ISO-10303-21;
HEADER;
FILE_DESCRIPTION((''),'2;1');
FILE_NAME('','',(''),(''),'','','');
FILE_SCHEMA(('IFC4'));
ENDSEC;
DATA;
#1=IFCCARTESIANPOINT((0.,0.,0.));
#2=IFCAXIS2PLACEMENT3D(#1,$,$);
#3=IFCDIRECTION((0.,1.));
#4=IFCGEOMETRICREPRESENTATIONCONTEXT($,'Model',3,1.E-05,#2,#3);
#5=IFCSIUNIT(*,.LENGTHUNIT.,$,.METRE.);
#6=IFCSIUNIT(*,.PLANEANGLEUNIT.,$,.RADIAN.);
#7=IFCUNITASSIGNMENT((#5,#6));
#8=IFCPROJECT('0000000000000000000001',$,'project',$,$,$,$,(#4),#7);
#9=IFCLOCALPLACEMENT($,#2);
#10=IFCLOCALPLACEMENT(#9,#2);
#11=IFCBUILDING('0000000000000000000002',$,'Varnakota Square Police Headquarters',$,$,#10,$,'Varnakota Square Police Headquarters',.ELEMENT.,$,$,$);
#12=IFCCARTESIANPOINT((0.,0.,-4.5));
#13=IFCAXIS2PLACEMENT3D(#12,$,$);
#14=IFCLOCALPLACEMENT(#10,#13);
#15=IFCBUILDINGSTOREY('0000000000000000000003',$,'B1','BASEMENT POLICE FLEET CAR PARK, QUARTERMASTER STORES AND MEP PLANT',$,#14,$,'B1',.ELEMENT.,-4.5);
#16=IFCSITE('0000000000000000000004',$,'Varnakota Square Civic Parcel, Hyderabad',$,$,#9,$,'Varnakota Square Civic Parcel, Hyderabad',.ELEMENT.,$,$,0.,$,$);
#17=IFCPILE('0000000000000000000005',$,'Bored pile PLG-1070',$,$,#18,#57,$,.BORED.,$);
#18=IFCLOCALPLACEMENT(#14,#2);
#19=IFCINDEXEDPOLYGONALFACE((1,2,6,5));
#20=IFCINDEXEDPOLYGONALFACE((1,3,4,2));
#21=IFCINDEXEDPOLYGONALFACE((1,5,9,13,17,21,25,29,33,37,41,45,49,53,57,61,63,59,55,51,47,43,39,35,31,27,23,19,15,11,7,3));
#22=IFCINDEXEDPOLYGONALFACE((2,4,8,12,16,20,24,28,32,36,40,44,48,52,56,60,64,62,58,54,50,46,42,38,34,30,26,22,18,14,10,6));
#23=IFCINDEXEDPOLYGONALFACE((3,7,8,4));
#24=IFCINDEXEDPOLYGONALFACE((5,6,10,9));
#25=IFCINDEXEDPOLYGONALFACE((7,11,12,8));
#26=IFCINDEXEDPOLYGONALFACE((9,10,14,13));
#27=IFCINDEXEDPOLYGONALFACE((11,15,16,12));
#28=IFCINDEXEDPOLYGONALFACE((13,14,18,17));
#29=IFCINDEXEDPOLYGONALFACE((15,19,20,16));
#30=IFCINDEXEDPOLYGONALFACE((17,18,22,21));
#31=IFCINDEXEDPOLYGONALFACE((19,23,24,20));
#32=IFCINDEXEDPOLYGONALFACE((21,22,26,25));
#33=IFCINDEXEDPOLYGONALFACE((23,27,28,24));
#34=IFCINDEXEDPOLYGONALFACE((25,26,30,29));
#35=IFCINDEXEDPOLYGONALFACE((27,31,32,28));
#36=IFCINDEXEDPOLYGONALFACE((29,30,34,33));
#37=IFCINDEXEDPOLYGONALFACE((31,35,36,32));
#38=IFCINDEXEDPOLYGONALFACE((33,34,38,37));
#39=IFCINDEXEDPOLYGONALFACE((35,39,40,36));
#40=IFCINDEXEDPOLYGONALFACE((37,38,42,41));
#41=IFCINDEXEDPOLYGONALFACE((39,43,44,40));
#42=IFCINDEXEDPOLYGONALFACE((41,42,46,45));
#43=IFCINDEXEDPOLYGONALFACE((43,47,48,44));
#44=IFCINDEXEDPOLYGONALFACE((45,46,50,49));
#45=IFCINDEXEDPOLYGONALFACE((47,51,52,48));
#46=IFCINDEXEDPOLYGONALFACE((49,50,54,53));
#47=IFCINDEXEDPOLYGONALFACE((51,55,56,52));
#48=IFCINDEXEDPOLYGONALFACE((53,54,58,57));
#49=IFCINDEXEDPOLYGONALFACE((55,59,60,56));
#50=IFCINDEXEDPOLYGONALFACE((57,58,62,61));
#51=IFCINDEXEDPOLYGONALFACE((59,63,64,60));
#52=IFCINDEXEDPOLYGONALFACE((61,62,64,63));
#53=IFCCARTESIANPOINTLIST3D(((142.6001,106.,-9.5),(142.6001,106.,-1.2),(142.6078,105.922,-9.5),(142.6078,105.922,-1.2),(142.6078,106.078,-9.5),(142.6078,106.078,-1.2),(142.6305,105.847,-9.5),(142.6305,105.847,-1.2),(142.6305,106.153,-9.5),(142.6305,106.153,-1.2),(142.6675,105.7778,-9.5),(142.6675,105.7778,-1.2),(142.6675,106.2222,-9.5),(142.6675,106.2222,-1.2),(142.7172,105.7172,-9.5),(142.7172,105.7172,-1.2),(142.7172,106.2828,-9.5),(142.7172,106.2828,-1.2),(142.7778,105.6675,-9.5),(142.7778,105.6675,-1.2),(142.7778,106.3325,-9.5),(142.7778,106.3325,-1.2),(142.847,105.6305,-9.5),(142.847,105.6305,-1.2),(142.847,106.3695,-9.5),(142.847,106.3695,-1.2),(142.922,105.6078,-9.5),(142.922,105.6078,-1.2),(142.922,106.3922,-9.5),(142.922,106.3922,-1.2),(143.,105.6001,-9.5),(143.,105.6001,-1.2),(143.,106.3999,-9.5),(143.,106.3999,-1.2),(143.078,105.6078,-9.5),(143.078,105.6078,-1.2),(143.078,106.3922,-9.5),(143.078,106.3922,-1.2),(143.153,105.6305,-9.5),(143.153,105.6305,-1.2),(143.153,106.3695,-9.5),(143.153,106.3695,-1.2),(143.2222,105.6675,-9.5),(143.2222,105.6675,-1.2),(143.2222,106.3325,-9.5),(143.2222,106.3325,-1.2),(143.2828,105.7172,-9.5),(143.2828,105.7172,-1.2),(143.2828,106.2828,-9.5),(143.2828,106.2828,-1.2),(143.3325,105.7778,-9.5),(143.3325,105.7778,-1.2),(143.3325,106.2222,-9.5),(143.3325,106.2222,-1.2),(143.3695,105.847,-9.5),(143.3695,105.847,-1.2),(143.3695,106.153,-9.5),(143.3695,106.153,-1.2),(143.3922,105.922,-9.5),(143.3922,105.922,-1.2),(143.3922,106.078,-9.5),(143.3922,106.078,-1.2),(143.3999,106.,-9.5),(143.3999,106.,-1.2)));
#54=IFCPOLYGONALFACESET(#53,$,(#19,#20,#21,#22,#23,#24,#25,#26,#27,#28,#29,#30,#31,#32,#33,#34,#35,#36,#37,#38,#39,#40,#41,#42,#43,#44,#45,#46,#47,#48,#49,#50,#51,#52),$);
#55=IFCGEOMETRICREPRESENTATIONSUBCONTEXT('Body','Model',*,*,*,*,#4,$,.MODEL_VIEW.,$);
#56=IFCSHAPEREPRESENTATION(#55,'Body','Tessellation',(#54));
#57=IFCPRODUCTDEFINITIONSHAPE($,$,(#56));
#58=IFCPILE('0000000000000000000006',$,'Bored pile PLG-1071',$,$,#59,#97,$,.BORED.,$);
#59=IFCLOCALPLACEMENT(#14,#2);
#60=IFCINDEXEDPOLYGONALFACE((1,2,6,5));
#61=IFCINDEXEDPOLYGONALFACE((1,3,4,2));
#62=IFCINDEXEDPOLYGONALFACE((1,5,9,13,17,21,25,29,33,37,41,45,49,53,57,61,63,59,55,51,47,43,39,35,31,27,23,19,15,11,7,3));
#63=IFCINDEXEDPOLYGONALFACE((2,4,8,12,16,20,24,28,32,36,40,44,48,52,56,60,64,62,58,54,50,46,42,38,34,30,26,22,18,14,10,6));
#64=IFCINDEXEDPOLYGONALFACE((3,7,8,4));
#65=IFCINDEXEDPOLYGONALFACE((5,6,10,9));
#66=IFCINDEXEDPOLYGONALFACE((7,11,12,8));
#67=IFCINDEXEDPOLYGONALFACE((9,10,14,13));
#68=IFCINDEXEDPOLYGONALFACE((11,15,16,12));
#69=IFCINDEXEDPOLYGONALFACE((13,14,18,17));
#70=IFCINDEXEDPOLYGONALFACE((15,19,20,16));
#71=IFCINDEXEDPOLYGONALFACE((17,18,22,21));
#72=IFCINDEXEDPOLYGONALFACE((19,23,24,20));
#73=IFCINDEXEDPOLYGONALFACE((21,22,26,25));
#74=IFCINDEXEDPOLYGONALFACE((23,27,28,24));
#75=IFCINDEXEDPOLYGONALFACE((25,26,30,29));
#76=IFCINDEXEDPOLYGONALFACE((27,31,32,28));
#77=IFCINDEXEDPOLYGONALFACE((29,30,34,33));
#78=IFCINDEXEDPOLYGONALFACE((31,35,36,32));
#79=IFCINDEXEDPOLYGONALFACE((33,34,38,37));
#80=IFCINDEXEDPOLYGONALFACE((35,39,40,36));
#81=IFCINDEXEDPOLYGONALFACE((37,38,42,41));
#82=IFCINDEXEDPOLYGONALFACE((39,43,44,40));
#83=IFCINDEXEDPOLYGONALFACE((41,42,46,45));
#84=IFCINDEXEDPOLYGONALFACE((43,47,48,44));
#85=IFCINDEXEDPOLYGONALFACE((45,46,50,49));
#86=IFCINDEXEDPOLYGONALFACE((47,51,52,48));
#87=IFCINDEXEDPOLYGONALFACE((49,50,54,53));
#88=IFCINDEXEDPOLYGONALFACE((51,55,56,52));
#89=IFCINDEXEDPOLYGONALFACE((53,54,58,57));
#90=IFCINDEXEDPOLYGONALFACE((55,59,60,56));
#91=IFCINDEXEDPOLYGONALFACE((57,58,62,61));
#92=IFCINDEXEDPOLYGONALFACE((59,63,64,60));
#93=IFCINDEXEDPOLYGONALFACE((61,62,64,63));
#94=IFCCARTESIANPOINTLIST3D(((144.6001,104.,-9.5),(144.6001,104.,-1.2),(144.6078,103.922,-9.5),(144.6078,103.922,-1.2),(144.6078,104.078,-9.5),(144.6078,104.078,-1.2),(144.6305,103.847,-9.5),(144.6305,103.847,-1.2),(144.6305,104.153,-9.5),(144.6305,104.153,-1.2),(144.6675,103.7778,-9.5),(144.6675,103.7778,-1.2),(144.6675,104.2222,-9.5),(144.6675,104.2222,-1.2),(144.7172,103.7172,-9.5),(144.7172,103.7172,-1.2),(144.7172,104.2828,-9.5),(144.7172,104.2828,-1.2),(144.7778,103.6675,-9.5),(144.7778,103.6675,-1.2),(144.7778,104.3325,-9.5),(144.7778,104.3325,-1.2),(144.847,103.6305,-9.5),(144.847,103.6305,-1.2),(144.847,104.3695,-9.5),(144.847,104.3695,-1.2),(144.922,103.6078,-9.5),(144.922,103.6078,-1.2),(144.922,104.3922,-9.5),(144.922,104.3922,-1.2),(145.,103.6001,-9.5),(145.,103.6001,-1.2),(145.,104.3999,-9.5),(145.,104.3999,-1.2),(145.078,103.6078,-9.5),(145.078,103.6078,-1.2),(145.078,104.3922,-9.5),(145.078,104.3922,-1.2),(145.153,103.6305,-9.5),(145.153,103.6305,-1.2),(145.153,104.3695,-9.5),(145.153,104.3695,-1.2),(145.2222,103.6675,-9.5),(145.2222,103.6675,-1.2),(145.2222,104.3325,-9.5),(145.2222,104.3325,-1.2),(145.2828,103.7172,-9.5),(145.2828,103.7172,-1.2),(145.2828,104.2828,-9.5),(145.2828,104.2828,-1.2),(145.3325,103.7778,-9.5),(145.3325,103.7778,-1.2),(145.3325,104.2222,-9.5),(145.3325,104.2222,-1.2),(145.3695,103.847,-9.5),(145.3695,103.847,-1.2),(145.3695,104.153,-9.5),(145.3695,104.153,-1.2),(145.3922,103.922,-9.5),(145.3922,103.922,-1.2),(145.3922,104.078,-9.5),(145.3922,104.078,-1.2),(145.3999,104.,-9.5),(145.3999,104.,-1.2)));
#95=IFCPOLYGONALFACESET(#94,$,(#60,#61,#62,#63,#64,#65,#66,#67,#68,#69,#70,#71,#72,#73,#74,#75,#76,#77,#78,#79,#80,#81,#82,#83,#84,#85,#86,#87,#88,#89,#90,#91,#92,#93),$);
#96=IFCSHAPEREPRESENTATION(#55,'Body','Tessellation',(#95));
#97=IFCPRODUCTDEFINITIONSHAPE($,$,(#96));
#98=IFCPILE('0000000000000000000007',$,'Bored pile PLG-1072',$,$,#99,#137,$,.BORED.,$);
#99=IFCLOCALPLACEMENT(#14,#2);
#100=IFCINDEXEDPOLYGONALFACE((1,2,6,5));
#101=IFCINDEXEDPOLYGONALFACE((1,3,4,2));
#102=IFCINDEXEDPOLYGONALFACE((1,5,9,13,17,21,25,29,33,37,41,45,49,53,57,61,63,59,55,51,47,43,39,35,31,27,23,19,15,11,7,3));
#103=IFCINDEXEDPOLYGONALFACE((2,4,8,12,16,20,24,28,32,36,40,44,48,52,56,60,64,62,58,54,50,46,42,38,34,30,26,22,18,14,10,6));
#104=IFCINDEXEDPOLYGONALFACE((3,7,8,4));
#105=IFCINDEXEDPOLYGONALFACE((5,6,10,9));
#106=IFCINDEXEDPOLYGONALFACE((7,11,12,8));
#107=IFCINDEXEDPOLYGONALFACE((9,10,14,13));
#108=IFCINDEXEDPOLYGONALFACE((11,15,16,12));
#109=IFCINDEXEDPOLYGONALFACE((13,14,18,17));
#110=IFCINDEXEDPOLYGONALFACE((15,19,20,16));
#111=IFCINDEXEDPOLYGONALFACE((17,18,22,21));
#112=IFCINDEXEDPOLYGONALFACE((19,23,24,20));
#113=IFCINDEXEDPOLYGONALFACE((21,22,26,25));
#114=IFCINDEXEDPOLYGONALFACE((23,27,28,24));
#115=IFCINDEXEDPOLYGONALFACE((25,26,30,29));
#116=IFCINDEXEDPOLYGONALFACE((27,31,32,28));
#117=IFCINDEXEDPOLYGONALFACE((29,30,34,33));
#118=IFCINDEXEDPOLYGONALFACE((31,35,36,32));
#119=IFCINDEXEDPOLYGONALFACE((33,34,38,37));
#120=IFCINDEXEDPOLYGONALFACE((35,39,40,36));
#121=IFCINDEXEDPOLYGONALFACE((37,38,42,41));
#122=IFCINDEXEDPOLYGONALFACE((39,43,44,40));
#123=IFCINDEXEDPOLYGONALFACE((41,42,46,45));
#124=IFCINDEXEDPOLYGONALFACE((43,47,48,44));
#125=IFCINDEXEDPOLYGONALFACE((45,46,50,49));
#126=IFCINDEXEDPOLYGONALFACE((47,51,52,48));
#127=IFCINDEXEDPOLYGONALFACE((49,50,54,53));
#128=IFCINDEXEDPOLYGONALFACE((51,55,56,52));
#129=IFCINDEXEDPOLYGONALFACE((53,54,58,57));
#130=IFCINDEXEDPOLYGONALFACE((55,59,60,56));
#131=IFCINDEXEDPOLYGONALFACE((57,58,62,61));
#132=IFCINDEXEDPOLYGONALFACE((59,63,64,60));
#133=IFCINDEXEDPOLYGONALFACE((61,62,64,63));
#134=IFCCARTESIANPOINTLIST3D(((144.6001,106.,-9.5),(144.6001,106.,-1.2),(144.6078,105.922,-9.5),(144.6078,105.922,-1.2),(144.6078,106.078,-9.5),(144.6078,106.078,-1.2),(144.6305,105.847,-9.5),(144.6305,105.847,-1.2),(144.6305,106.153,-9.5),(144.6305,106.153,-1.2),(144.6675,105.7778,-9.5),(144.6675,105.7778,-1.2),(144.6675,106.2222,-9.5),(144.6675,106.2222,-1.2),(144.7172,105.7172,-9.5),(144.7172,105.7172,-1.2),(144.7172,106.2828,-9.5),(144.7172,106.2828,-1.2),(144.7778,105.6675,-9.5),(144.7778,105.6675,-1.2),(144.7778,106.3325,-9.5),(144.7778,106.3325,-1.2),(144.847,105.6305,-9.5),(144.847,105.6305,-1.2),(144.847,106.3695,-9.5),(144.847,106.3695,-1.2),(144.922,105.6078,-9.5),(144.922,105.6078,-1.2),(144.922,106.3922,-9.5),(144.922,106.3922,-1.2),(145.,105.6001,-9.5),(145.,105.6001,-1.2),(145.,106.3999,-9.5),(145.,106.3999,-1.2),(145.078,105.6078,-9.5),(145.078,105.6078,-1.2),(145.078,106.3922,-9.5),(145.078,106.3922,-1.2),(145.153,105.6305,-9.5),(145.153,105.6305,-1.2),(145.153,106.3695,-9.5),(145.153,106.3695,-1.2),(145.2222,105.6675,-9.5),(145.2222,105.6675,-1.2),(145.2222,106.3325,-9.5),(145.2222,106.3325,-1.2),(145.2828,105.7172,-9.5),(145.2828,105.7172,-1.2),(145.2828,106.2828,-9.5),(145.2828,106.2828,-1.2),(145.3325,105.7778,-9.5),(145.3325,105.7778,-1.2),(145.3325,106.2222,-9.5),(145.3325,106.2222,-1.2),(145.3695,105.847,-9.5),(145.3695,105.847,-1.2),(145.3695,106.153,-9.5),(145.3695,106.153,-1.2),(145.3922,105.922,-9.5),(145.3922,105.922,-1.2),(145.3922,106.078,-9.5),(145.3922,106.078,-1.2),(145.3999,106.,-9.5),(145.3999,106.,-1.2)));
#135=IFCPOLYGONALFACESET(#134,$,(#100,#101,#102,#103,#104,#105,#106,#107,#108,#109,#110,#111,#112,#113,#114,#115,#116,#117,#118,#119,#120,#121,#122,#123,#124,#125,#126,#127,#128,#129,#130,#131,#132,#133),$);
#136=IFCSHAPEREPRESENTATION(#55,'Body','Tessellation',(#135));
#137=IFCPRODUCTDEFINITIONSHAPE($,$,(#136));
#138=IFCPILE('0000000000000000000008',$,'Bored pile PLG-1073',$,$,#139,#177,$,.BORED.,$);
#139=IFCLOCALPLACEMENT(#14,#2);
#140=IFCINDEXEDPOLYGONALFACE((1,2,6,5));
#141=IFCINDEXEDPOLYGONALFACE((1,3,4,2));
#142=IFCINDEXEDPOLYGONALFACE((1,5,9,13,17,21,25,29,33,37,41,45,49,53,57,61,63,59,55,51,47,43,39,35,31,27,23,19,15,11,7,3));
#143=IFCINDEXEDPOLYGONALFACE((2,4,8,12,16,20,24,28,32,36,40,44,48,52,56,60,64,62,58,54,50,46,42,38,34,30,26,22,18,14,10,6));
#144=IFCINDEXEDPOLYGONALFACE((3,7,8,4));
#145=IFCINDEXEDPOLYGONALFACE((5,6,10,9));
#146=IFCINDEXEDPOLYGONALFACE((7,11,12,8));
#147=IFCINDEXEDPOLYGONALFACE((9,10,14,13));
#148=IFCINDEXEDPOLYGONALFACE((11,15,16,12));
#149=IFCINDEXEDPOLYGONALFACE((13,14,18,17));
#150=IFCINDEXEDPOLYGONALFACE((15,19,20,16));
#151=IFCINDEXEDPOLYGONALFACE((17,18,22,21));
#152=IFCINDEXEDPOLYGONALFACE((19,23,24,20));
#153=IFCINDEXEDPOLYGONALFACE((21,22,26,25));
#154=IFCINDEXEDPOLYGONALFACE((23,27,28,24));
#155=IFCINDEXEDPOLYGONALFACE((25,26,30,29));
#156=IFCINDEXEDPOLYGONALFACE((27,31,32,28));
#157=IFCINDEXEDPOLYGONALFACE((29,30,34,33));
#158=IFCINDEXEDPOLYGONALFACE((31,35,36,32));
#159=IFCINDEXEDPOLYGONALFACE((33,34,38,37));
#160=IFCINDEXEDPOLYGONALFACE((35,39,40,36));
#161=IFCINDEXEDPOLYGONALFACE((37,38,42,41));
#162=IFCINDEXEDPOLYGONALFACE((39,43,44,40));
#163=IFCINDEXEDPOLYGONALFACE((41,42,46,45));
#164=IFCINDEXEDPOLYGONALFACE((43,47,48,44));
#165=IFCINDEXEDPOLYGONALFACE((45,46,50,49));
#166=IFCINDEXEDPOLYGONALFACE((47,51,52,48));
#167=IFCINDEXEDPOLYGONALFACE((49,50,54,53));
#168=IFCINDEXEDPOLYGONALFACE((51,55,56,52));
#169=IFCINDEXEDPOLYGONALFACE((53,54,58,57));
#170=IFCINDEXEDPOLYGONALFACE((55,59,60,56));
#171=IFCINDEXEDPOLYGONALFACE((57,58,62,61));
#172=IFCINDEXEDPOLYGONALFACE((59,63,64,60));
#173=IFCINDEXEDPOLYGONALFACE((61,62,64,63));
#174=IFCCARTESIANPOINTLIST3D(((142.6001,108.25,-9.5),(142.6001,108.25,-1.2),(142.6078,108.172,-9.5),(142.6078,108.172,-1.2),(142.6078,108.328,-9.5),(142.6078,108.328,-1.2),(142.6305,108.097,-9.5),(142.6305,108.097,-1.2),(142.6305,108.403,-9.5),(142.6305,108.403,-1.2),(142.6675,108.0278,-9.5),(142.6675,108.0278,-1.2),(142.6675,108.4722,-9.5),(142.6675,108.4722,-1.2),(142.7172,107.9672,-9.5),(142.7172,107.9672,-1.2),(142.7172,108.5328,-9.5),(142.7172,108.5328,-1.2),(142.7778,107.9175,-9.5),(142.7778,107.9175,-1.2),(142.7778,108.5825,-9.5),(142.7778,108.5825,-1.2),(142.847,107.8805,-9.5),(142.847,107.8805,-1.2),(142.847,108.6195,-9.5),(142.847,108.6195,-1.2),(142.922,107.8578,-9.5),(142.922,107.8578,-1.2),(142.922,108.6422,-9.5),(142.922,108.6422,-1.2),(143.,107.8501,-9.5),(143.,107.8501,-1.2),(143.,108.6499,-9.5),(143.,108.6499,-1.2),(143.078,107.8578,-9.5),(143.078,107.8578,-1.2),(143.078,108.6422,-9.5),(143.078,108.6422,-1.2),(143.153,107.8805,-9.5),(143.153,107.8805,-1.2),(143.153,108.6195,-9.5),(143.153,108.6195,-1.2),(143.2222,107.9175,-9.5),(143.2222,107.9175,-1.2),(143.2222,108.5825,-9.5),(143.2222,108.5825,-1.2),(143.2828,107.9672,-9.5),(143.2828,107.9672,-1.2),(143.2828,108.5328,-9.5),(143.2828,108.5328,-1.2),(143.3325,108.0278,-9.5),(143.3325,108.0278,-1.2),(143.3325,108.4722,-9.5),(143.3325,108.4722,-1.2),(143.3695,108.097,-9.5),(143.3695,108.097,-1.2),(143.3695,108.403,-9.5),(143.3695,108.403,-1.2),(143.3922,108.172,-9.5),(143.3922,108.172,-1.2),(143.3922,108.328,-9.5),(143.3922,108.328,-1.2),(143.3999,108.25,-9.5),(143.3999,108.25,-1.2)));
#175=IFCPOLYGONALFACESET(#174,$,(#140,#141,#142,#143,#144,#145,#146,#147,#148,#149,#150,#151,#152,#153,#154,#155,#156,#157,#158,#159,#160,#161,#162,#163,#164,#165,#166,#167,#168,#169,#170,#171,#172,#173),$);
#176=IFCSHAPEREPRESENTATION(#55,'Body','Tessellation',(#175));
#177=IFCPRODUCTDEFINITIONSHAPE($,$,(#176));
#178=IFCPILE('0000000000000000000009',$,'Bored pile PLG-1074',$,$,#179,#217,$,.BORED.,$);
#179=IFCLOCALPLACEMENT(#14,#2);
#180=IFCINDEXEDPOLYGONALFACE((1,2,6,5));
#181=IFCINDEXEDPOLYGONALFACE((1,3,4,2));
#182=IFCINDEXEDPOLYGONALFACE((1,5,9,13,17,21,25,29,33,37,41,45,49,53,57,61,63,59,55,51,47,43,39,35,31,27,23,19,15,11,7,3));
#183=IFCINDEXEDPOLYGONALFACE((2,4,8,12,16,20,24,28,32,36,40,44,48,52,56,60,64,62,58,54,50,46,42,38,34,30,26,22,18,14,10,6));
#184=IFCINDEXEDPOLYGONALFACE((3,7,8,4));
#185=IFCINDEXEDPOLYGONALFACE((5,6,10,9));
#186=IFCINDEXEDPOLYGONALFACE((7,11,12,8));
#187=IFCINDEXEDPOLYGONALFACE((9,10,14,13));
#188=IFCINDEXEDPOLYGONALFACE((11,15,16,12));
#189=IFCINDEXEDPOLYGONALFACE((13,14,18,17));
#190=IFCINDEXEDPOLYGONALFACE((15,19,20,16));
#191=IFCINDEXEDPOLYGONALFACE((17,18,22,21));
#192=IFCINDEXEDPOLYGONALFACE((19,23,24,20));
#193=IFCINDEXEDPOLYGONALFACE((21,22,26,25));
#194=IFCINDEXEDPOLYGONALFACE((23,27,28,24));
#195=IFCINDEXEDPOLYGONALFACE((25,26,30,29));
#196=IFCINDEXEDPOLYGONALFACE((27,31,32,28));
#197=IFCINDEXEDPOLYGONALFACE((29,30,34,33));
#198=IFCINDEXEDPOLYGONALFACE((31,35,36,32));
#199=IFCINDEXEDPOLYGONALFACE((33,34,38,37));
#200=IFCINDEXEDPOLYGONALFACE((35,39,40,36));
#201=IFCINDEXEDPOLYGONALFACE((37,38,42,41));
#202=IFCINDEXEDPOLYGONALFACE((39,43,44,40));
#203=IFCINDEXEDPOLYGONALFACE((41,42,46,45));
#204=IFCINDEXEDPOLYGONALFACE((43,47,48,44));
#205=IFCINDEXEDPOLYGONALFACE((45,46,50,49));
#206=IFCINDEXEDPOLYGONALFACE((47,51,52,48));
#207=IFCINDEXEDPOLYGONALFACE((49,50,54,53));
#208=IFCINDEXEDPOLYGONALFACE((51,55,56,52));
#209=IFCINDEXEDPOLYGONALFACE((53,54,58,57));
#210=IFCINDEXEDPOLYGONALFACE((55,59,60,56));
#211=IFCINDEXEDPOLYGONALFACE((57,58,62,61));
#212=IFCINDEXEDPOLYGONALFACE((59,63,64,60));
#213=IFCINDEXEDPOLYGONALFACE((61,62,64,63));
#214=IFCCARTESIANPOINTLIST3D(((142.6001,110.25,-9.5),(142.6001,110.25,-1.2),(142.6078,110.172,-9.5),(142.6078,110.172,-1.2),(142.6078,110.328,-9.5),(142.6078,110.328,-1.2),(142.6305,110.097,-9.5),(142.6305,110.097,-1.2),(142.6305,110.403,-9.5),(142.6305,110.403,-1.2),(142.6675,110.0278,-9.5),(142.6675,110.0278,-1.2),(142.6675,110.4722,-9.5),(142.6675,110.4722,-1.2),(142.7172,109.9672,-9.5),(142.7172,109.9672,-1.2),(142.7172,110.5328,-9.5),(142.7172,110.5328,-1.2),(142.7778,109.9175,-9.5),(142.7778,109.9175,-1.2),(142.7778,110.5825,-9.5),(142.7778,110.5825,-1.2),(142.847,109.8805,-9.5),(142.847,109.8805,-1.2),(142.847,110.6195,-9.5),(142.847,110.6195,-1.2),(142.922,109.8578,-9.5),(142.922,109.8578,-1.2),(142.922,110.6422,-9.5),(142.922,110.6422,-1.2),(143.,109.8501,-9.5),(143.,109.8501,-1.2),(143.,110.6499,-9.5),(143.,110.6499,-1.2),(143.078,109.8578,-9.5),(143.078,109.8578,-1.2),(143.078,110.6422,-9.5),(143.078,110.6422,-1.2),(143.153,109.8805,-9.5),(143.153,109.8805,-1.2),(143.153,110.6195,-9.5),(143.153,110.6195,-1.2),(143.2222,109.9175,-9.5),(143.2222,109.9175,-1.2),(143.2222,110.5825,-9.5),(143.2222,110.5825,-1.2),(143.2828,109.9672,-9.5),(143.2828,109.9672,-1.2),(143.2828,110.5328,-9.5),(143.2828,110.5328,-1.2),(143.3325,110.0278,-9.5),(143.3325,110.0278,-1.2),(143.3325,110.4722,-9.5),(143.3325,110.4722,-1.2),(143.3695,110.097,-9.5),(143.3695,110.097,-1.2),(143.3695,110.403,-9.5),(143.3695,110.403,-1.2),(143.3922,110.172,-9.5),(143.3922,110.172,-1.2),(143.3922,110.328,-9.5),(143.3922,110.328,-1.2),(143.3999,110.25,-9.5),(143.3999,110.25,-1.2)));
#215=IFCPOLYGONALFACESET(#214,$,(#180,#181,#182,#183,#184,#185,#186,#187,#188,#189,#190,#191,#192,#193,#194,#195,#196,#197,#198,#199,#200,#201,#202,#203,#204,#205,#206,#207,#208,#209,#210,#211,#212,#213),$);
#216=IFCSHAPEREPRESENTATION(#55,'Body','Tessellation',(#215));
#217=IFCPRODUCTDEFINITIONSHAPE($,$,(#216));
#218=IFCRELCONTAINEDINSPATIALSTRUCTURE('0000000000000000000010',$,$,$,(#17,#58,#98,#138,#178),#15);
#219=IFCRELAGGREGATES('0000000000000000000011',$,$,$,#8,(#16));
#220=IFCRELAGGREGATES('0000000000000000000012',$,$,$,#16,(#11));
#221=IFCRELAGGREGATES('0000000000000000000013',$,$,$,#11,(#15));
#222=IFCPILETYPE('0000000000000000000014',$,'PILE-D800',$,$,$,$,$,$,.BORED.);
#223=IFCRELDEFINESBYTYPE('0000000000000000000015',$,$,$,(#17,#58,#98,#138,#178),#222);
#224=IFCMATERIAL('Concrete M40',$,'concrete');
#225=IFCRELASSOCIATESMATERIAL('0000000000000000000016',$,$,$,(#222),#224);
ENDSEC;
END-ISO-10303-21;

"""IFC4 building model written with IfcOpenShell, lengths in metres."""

from ifc_helpers import new_model, si_unit, direction, frame, origin, origin_2d, place, context, subcontext, project, spatial, circle, extrude, material, material_profile, profile_set, type_object, element, save


model = new_model("IFC4")

# Units and contexts
model_context = context("Model", 3, precision=1e-05, world=origin(), true_north=direction((0.0, 1.0)))
body_context = subcontext(model_context, "Body", "Model", "MODEL_VIEW")
ifc_project = project(units=[si_unit("LENGTHUNIT", "METRE"), si_unit("PLANEANGLEUNIT", "RADIAN")], contexts=[model_context])

# Site, building, storey
site_placement = place(None, origin())
site = spatial("IfcSite", under=ifc_project, at=site_placement, Name="Varnakota Square Civic Parcel, Hyderabad", LongName="Varnakota Square Civic Parcel, Hyderabad", CompositionType="ELEMENT", RefElevation=0.0)
building_placement = place(site_placement, origin())
building = spatial("IfcBuilding", under=site, at=building_placement, Name="Varnakota Square Police Headquarters", LongName="Varnakota Square Police Headquarters", CompositionType="ELEMENT")
storey_placement = place(building_placement, frame((0.0, 0.0, -4.5)))
storey = spatial("IfcBuildingStorey", under=building, at=storey_placement, Name="B1", Description="BASEMENT POLICE FLEET CAR PARK, QUARTERMASTER STORES AND MEP PLANT", LongName="B1", CompositionType="ELEMENT", Elevation=-4.5)

# Shared definitions
ifc_material_1 = material(Name="Concrete M40", Category="concrete")

# Piles
ifc_material_profile_1 = material_profile(ifc_material_1, circle(Radius=0.3999, at=origin_2d()), Name="BORED PILE 800")
ifc_profile_set_1 = profile_set([ifc_material_profile_1], Name="Concrete M40")
pile_type = type_object("IfcPileType", Name="PILE-D800", PredefinedType="BORED", material=ifc_profile_set_1)
for number, where, z_axis, x_axis, name in (
    (1, (143.0, 106.0, -1.2), (0.0, 0.0, -1.0), (1.0, 0.0, 0.0), "Bored pile PLG-1070"),
    (2, (145.0, 104.0, -1.2), (0.0, 0.0, -1.0), (1.0, 0.0, 0.0), "Bored pile PLG-1071"),
    (3, (145.0, 106.0, -1.2), (0.0, 0.0, -1.0), (1.0, 0.0, 0.0), "Bored pile PLG-1072"),
    (4, (143.0, 108.25, -1.2), (0.0, 0.0, -1.0), (1.0, 0.0, 0.0), "Bored pile PLG-1073"),
    (5, (143.0, 110.25, -1.2), (0.0, 0.0, -1.0), (1.0, 0.0, 0.0), "Bored pile PLG-1074"),
):
    element("IfcPile", number, at=place(storey_placement, frame(where, z_axis=z_axis, x_axis=x_axis)), inside=storey, type_object=pile_type, Name=name, PredefinedType="BORED", context=body_context, shape_type="SweptSolid", body=[
        extrude(circle(Radius=0.3999, at=origin_2d()), origin(), (0.0, 0.0, 1.0), 8.3),
    ])

save(model, "model.ifc")
